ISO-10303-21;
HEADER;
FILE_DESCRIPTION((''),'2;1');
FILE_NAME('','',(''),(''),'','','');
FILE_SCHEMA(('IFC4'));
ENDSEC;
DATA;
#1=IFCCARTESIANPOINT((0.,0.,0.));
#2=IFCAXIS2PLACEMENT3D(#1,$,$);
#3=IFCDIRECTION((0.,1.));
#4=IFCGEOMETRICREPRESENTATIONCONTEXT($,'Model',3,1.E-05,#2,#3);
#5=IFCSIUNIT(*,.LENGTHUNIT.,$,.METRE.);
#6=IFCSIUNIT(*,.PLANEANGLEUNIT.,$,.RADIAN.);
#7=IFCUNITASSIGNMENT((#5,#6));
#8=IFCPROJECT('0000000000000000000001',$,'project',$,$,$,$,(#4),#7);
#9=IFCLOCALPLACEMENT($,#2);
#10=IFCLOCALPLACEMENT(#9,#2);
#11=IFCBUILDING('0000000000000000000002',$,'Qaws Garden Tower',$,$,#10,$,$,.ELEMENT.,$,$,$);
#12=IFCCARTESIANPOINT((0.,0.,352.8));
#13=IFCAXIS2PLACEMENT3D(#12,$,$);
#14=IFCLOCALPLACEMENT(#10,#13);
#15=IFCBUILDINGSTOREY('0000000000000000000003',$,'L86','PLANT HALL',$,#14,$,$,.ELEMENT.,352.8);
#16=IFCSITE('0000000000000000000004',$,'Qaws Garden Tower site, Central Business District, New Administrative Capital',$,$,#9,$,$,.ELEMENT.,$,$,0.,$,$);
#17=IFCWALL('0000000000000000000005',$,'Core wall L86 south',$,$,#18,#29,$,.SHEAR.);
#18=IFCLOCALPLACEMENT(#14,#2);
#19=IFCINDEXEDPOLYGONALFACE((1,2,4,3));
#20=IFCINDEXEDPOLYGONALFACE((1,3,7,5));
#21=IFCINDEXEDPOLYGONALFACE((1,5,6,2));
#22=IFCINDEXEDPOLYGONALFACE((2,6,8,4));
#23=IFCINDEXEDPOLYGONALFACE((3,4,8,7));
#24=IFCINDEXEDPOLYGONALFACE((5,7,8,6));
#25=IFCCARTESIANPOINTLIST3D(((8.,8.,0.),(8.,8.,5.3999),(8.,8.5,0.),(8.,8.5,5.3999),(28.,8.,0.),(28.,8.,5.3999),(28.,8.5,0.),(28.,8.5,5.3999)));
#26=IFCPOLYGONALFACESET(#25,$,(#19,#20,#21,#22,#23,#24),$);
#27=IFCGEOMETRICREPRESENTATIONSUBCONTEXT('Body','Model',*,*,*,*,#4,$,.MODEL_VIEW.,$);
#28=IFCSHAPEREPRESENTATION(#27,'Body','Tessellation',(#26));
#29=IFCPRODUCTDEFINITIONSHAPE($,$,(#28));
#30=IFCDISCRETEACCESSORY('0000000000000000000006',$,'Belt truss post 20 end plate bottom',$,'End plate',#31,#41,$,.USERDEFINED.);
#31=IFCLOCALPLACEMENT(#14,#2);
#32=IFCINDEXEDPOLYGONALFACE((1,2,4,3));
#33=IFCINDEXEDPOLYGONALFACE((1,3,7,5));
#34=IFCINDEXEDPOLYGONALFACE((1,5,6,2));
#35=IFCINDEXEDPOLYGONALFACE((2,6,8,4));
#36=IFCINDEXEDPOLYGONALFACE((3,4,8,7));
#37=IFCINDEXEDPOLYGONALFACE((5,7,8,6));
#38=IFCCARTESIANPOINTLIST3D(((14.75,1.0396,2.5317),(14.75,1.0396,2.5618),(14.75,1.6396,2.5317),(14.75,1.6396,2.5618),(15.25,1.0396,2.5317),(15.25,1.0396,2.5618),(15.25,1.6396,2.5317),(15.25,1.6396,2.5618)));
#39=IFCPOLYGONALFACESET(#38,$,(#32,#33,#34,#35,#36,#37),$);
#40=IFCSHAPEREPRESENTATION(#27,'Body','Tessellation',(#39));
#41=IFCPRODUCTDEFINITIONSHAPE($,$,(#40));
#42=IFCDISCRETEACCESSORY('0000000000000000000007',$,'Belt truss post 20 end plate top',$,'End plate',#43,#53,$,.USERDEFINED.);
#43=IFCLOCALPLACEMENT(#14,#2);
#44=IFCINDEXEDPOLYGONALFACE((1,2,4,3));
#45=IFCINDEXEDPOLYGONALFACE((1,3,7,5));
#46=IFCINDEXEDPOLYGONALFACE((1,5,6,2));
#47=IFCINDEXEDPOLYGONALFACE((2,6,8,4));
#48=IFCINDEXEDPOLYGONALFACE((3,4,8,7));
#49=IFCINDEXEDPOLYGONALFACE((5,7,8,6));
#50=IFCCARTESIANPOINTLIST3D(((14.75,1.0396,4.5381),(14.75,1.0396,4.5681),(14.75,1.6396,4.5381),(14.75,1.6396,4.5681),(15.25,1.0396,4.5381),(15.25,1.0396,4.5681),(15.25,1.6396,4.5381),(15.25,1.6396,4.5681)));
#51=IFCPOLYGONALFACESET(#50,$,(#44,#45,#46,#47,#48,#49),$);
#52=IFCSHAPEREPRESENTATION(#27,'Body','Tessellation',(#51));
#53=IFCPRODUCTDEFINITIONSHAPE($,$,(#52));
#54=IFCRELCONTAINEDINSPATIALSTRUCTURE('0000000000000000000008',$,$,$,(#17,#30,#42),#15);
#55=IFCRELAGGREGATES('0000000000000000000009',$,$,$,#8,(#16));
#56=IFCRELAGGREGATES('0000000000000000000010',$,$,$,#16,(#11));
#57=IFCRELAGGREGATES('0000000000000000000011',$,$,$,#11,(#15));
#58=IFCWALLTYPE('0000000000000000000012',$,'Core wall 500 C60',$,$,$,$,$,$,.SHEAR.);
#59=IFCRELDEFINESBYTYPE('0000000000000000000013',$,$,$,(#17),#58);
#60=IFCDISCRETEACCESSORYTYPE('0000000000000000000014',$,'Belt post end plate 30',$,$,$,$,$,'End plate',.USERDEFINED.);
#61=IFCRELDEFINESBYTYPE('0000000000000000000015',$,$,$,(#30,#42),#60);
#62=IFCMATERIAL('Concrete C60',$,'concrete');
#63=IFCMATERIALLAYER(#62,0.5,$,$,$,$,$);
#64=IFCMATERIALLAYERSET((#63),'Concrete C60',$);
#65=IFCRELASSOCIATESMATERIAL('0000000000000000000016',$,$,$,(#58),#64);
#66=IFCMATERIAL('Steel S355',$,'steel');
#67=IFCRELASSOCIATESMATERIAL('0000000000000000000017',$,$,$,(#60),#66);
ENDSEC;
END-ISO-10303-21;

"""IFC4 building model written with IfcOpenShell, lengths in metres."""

from ifc_helpers import new_model, si_unit, direction, frame, frame_2d, origin, origin_2d, place, context, subcontext, project, spatial, rectangle, extrude, material, layer, layer_set, type_object, element, save


model = new_model("IFC4")

# Units and contexts
model_context = context("Model", 3, precision=1e-05, world=origin(), true_north=direction((0.0, 1.0)))
body_context = subcontext(model_context, "Body", "Model", "MODEL_VIEW")
ifc_project = project(units=[si_unit("LENGTHUNIT", "METRE"), si_unit("PLANEANGLEUNIT", "RADIAN")], contexts=[model_context])

# Site, building, storey
site_placement = place(None, origin())
site = spatial("IfcSite", under=ifc_project, at=site_placement, Name="Qaws Garden Tower site, Central Business District, New Administrative Capital", CompositionType="ELEMENT", RefElevation=0.0)
building_placement = place(site_placement, origin())
building = spatial("IfcBuilding", under=site, at=building_placement, Name="Qaws Garden Tower", CompositionType="ELEMENT")
storey_placement = place(building_placement, frame((0.0, 0.0, 352.8)))
storey = spatial("IfcBuildingStorey", under=building, at=storey_placement, Name="L86", Description="PLANT HALL", CompositionType="ELEMENT", Elevation=352.8)

# Wall
ifc_material_1 = material(Name="Concrete C60", Category="concrete")
ifc_layer_1 = layer(ifc_material_1, 0.5)
ifc_layer_set_1 = layer_set([ifc_layer_1], Name="Concrete C60")
wall_type = type_object("IfcWallType", Name="Core wall 500 C60", PredefinedType="SHEAR", material=ifc_layer_set_1)
wall_placement = place(storey_placement, frame((8.0, 8.25, 0.0), z_axis=(0.0, 0.0, 1.0), x_axis=(1.0, 0.0, 0.0)))
element("IfcWall", 1, at=wall_placement, inside=storey, type_object=wall_type, Name="Core wall L86 south", PredefinedType="SHEAR", context=body_context, shape_type="SweptSolid", body=[
    extrude(rectangle(XDim=20.0, YDim=0.5, at=frame_2d((10.0, 0.0))), origin(), (0.0, 0.0, 1.0), 5.3999),
])

# Discrete accessories
ifc_material_2 = material(Name="Steel S355", Category="steel")
discrete_accessory_type = type_object("IfcDiscreteAccessoryType", Name="Belt post end plate 30", ElementType="End plate", PredefinedType="USERDEFINED", material=ifc_material_2)
for number, where, z_axis, x_axis, name in (
    (2, (15.0, 1.3396, 2.5317), (0.0, 0.0, 1.0), (1.0, 0.0, 0.0), "Belt truss post 20 end plate bottom"),
    (3, (15.0, 1.3396, 4.5381), (0.0, 0.0, 1.0), (1.0, 0.0, 0.0), "Belt truss post 20 end plate top"),
):
    element("IfcDiscreteAccessory", number, at=place(storey_placement, frame(where, z_axis=z_axis, x_axis=x_axis)), inside=storey, type_object=discrete_accessory_type, Name=name, ObjectType="End plate", PredefinedType="USERDEFINED", context=body_context, shape_type="SweptSolid", body=[
        extrude(rectangle(XDim=0.5, YDim=0.6001, at=origin_2d()), origin(), (0.0, 0.0, 1.0), 0.03),
    ])

save(model, "model.ifc")
